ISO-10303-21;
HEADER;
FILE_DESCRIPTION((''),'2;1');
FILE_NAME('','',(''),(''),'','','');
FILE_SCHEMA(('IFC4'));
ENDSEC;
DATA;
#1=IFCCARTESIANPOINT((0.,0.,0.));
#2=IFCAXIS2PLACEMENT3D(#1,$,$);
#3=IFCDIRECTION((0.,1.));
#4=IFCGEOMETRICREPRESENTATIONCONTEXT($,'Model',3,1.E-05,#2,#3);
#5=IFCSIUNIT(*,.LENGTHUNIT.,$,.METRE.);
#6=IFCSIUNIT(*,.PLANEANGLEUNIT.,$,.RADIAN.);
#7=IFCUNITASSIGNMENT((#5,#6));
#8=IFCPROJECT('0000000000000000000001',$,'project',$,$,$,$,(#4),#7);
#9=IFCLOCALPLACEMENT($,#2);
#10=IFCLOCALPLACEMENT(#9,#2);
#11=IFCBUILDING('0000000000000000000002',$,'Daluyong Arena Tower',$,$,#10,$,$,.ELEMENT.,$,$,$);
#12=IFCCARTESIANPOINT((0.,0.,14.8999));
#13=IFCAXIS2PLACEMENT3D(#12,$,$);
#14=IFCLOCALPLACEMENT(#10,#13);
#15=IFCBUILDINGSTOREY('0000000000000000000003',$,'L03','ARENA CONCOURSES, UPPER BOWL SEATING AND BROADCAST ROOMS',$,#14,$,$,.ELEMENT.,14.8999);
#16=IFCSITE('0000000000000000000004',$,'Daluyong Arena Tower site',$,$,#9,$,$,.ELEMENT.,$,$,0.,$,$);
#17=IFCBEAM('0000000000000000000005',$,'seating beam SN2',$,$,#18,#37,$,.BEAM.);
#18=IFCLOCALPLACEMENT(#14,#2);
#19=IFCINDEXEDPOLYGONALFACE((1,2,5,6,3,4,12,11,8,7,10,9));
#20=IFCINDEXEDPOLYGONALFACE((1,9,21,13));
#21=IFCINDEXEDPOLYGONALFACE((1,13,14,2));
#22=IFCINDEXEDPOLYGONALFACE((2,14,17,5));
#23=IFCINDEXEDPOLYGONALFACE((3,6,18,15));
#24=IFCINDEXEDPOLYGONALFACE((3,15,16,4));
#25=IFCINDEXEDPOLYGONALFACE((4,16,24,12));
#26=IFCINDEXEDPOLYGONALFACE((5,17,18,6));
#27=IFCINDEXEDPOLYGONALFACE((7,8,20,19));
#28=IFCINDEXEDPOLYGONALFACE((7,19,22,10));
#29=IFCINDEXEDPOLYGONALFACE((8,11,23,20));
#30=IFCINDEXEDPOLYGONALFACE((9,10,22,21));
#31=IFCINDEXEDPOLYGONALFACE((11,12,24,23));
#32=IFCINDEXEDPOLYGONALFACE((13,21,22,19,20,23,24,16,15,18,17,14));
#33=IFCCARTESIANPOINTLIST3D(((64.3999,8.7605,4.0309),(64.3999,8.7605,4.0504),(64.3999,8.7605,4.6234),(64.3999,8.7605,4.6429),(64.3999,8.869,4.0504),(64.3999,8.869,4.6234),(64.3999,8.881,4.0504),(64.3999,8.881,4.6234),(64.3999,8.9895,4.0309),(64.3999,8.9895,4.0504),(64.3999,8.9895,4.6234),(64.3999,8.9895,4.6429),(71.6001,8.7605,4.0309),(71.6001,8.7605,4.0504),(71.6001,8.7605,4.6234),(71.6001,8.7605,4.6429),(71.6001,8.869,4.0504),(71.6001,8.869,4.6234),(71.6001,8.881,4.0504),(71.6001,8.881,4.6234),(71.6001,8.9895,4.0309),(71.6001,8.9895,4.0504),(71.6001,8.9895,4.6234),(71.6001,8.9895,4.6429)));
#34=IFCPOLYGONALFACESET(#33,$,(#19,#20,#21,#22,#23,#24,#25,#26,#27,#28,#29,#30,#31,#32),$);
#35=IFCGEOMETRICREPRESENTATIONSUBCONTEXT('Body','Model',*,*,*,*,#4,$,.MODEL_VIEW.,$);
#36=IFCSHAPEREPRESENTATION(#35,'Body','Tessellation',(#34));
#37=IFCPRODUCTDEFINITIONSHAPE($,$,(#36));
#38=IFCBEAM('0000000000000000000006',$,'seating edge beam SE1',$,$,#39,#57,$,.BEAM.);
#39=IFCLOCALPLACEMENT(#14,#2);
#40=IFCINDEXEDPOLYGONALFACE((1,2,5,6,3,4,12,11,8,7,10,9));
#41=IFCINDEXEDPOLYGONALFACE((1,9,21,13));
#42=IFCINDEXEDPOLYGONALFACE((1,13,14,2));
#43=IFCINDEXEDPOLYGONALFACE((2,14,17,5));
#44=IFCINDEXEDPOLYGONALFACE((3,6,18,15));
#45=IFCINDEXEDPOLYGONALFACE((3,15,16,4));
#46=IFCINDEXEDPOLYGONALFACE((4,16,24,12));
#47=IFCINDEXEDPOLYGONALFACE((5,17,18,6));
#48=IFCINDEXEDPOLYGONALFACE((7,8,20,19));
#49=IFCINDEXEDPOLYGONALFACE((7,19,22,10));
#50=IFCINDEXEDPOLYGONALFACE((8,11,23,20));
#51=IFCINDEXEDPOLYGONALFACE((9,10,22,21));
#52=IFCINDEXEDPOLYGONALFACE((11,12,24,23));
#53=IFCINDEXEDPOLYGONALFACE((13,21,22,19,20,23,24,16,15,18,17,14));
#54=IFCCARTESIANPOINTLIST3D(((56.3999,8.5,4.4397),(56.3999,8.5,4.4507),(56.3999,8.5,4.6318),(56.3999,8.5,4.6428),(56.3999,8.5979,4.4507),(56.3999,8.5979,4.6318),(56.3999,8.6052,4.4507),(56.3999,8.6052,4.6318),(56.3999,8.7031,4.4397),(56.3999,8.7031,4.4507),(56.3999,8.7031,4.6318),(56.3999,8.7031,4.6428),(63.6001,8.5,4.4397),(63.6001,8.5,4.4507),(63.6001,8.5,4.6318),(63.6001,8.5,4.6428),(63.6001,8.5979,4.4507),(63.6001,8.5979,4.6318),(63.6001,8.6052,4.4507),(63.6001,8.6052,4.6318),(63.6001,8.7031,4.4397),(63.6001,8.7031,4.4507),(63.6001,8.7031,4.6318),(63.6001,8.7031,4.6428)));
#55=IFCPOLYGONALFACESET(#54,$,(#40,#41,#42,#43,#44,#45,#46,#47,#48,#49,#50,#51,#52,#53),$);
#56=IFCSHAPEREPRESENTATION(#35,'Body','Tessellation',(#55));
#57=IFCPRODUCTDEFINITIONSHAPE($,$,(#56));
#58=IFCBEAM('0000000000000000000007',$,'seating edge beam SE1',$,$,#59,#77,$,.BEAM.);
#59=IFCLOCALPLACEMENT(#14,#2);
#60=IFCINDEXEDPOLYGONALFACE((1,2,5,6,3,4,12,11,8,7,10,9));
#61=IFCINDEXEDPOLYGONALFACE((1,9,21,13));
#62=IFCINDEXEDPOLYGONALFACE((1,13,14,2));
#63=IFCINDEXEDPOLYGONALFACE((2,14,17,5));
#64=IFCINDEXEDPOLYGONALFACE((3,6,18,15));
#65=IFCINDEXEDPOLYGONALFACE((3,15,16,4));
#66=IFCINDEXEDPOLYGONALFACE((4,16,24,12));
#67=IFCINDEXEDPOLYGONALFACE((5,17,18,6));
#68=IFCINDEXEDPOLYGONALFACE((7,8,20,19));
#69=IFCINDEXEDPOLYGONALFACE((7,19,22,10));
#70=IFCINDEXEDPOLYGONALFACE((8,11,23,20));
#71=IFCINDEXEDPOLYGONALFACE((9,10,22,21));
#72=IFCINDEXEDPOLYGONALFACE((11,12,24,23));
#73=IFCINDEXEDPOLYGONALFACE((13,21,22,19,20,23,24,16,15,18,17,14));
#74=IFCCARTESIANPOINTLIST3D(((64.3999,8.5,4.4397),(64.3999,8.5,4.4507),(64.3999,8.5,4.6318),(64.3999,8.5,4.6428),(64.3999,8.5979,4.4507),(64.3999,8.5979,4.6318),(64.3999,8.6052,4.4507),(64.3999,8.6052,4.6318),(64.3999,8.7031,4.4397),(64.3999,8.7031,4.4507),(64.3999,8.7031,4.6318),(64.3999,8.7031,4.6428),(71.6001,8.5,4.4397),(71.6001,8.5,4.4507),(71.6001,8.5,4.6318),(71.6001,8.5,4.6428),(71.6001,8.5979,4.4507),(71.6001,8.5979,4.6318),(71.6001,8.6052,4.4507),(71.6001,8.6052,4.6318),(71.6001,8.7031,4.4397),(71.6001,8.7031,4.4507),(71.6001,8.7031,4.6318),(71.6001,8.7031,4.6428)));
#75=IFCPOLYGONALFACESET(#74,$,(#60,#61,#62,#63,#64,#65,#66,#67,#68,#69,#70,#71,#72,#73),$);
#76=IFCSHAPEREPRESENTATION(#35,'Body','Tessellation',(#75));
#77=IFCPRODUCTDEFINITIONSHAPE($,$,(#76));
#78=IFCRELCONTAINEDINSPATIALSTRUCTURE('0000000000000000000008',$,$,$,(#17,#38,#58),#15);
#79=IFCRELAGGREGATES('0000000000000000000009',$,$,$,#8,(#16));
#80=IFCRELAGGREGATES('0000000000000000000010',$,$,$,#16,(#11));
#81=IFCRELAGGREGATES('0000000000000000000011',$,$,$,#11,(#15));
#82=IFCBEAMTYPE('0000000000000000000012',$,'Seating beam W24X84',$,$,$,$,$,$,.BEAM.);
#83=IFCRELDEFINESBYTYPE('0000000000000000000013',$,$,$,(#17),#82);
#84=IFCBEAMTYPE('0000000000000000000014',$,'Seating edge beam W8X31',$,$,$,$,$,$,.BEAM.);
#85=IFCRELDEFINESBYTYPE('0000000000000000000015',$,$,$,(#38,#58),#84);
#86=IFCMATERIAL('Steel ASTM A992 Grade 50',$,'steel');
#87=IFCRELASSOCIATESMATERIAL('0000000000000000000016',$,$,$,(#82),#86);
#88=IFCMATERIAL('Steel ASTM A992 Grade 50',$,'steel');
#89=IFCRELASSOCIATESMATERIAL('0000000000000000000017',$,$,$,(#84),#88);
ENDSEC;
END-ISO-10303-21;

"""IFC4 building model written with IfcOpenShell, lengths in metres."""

from ifc_helpers import new_model, si_unit, direction, frame, origin, origin_2d, place, context, subcontext, project, spatial, i_section, extrude, material, material_profile, profile_set, type_object, element, save


model = new_model("IFC4")

# Units and contexts
model_context = context("Model", 3, precision=1e-05, world=origin(), true_north=direction((0.0, 1.0)))
body_context = subcontext(model_context, "Body", "Model", "MODEL_VIEW")
ifc_project = project(units=[si_unit("LENGTHUNIT", "METRE"), si_unit("PLANEANGLEUNIT", "RADIAN")], contexts=[model_context])

# Site, building, storey
site_placement = place(None, origin())
site = spatial("IfcSite", under=ifc_project, at=site_placement, Name="Daluyong Arena Tower site", CompositionType="ELEMENT", RefElevation=0.0)
building_placement = place(site_placement, origin())
building = spatial("IfcBuilding", under=site, at=building_placement, Name="Daluyong Arena Tower", CompositionType="ELEMENT")
storey_placement = place(building_placement, frame((0.0, 0.0, 14.8999)))
storey = spatial("IfcBuildingStorey", under=building, at=storey_placement, Name="L03", Description="ARENA CONCOURSES, UPPER BOWL SEATING AND BROADCAST ROOMS", CompositionType="ELEMENT", Elevation=14.8999)

# Beams
ifc_material_1 = material(Name="Steel ASTM A992 Grade 50", Category="steel")
ifc_material_profile_1 = material_profile(ifc_material_1, i_section(OverallWidth=0.229, OverallDepth=0.6121, WebThickness=0.012, FlangeThickness=0.0195, at=origin_2d()))
ifc_profile_set_1 = profile_set([ifc_material_profile_1], Name="Steel ASTM A992 Grade 50")
beam_type_1 = type_object("IfcBeamType", Name="Seating beam W24X84", PredefinedType="BEAM", material=ifc_profile_set_1)
for number, where, z_axis, x_axis, name in (
    (1, (64.3999, 8.875, 4.3369), (1.0, 0.0, 0.0), (0.0, 1.0, 0.0), "seating beam SN2"),
):
    element("IfcBeam", number, at=place(storey_placement, frame(where, z_axis=z_axis, x_axis=x_axis)), inside=storey, type_object=beam_type_1, Name=name, PredefinedType="BEAM", context=body_context, shape_type="SweptSolid", body=[
        extrude(i_section(OverallWidth=0.229, OverallDepth=0.6121, WebThickness=0.012, FlangeThickness=0.0195, at=origin_2d()), origin(), (0.0, 0.0, 1.0), 7.2002),
    ])
ifc_material_2 = material(Name="Steel ASTM A992 Grade 50", Category="steel")
ifc_material_profile_2 = material_profile(ifc_material_2, i_section(OverallWidth=0.2031, OverallDepth=0.2031, WebThickness=0.0073, FlangeThickness=0.011, at=origin_2d()))
ifc_profile_set_2 = profile_set([ifc_material_profile_2], Name="Steel ASTM A992 Grade 50")
beam_type_2 = type_object("IfcBeamType", Name="Seating edge beam W8X31", PredefinedType="BEAM", material=ifc_profile_set_2)
for number, where, z_axis, x_axis, name in (
    (2, (56.3999, 8.6016, 4.5413), (1.0, 0.0, 0.0), (0.0, 1.0, 0.0), "seating edge beam SE1"),
    (3, (64.3999, 8.6016, 4.5413), (1.0, 0.0, 0.0), (0.0, 1.0, 0.0), "seating edge beam SE1"),
):
    element("IfcBeam", number, at=place(storey_placement, frame(where, z_axis=z_axis, x_axis=x_axis)), inside=storey, type_object=beam_type_2, Name=name, PredefinedType="BEAM", context=body_context, shape_type="SweptSolid", body=[
        extrude(i_section(OverallWidth=0.2031, OverallDepth=0.2031, WebThickness=0.0073, FlangeThickness=0.011, at=origin_2d()), origin(), (0.0, 0.0, 1.0), 7.2002),
    ])

save(model, "model.ifc")
